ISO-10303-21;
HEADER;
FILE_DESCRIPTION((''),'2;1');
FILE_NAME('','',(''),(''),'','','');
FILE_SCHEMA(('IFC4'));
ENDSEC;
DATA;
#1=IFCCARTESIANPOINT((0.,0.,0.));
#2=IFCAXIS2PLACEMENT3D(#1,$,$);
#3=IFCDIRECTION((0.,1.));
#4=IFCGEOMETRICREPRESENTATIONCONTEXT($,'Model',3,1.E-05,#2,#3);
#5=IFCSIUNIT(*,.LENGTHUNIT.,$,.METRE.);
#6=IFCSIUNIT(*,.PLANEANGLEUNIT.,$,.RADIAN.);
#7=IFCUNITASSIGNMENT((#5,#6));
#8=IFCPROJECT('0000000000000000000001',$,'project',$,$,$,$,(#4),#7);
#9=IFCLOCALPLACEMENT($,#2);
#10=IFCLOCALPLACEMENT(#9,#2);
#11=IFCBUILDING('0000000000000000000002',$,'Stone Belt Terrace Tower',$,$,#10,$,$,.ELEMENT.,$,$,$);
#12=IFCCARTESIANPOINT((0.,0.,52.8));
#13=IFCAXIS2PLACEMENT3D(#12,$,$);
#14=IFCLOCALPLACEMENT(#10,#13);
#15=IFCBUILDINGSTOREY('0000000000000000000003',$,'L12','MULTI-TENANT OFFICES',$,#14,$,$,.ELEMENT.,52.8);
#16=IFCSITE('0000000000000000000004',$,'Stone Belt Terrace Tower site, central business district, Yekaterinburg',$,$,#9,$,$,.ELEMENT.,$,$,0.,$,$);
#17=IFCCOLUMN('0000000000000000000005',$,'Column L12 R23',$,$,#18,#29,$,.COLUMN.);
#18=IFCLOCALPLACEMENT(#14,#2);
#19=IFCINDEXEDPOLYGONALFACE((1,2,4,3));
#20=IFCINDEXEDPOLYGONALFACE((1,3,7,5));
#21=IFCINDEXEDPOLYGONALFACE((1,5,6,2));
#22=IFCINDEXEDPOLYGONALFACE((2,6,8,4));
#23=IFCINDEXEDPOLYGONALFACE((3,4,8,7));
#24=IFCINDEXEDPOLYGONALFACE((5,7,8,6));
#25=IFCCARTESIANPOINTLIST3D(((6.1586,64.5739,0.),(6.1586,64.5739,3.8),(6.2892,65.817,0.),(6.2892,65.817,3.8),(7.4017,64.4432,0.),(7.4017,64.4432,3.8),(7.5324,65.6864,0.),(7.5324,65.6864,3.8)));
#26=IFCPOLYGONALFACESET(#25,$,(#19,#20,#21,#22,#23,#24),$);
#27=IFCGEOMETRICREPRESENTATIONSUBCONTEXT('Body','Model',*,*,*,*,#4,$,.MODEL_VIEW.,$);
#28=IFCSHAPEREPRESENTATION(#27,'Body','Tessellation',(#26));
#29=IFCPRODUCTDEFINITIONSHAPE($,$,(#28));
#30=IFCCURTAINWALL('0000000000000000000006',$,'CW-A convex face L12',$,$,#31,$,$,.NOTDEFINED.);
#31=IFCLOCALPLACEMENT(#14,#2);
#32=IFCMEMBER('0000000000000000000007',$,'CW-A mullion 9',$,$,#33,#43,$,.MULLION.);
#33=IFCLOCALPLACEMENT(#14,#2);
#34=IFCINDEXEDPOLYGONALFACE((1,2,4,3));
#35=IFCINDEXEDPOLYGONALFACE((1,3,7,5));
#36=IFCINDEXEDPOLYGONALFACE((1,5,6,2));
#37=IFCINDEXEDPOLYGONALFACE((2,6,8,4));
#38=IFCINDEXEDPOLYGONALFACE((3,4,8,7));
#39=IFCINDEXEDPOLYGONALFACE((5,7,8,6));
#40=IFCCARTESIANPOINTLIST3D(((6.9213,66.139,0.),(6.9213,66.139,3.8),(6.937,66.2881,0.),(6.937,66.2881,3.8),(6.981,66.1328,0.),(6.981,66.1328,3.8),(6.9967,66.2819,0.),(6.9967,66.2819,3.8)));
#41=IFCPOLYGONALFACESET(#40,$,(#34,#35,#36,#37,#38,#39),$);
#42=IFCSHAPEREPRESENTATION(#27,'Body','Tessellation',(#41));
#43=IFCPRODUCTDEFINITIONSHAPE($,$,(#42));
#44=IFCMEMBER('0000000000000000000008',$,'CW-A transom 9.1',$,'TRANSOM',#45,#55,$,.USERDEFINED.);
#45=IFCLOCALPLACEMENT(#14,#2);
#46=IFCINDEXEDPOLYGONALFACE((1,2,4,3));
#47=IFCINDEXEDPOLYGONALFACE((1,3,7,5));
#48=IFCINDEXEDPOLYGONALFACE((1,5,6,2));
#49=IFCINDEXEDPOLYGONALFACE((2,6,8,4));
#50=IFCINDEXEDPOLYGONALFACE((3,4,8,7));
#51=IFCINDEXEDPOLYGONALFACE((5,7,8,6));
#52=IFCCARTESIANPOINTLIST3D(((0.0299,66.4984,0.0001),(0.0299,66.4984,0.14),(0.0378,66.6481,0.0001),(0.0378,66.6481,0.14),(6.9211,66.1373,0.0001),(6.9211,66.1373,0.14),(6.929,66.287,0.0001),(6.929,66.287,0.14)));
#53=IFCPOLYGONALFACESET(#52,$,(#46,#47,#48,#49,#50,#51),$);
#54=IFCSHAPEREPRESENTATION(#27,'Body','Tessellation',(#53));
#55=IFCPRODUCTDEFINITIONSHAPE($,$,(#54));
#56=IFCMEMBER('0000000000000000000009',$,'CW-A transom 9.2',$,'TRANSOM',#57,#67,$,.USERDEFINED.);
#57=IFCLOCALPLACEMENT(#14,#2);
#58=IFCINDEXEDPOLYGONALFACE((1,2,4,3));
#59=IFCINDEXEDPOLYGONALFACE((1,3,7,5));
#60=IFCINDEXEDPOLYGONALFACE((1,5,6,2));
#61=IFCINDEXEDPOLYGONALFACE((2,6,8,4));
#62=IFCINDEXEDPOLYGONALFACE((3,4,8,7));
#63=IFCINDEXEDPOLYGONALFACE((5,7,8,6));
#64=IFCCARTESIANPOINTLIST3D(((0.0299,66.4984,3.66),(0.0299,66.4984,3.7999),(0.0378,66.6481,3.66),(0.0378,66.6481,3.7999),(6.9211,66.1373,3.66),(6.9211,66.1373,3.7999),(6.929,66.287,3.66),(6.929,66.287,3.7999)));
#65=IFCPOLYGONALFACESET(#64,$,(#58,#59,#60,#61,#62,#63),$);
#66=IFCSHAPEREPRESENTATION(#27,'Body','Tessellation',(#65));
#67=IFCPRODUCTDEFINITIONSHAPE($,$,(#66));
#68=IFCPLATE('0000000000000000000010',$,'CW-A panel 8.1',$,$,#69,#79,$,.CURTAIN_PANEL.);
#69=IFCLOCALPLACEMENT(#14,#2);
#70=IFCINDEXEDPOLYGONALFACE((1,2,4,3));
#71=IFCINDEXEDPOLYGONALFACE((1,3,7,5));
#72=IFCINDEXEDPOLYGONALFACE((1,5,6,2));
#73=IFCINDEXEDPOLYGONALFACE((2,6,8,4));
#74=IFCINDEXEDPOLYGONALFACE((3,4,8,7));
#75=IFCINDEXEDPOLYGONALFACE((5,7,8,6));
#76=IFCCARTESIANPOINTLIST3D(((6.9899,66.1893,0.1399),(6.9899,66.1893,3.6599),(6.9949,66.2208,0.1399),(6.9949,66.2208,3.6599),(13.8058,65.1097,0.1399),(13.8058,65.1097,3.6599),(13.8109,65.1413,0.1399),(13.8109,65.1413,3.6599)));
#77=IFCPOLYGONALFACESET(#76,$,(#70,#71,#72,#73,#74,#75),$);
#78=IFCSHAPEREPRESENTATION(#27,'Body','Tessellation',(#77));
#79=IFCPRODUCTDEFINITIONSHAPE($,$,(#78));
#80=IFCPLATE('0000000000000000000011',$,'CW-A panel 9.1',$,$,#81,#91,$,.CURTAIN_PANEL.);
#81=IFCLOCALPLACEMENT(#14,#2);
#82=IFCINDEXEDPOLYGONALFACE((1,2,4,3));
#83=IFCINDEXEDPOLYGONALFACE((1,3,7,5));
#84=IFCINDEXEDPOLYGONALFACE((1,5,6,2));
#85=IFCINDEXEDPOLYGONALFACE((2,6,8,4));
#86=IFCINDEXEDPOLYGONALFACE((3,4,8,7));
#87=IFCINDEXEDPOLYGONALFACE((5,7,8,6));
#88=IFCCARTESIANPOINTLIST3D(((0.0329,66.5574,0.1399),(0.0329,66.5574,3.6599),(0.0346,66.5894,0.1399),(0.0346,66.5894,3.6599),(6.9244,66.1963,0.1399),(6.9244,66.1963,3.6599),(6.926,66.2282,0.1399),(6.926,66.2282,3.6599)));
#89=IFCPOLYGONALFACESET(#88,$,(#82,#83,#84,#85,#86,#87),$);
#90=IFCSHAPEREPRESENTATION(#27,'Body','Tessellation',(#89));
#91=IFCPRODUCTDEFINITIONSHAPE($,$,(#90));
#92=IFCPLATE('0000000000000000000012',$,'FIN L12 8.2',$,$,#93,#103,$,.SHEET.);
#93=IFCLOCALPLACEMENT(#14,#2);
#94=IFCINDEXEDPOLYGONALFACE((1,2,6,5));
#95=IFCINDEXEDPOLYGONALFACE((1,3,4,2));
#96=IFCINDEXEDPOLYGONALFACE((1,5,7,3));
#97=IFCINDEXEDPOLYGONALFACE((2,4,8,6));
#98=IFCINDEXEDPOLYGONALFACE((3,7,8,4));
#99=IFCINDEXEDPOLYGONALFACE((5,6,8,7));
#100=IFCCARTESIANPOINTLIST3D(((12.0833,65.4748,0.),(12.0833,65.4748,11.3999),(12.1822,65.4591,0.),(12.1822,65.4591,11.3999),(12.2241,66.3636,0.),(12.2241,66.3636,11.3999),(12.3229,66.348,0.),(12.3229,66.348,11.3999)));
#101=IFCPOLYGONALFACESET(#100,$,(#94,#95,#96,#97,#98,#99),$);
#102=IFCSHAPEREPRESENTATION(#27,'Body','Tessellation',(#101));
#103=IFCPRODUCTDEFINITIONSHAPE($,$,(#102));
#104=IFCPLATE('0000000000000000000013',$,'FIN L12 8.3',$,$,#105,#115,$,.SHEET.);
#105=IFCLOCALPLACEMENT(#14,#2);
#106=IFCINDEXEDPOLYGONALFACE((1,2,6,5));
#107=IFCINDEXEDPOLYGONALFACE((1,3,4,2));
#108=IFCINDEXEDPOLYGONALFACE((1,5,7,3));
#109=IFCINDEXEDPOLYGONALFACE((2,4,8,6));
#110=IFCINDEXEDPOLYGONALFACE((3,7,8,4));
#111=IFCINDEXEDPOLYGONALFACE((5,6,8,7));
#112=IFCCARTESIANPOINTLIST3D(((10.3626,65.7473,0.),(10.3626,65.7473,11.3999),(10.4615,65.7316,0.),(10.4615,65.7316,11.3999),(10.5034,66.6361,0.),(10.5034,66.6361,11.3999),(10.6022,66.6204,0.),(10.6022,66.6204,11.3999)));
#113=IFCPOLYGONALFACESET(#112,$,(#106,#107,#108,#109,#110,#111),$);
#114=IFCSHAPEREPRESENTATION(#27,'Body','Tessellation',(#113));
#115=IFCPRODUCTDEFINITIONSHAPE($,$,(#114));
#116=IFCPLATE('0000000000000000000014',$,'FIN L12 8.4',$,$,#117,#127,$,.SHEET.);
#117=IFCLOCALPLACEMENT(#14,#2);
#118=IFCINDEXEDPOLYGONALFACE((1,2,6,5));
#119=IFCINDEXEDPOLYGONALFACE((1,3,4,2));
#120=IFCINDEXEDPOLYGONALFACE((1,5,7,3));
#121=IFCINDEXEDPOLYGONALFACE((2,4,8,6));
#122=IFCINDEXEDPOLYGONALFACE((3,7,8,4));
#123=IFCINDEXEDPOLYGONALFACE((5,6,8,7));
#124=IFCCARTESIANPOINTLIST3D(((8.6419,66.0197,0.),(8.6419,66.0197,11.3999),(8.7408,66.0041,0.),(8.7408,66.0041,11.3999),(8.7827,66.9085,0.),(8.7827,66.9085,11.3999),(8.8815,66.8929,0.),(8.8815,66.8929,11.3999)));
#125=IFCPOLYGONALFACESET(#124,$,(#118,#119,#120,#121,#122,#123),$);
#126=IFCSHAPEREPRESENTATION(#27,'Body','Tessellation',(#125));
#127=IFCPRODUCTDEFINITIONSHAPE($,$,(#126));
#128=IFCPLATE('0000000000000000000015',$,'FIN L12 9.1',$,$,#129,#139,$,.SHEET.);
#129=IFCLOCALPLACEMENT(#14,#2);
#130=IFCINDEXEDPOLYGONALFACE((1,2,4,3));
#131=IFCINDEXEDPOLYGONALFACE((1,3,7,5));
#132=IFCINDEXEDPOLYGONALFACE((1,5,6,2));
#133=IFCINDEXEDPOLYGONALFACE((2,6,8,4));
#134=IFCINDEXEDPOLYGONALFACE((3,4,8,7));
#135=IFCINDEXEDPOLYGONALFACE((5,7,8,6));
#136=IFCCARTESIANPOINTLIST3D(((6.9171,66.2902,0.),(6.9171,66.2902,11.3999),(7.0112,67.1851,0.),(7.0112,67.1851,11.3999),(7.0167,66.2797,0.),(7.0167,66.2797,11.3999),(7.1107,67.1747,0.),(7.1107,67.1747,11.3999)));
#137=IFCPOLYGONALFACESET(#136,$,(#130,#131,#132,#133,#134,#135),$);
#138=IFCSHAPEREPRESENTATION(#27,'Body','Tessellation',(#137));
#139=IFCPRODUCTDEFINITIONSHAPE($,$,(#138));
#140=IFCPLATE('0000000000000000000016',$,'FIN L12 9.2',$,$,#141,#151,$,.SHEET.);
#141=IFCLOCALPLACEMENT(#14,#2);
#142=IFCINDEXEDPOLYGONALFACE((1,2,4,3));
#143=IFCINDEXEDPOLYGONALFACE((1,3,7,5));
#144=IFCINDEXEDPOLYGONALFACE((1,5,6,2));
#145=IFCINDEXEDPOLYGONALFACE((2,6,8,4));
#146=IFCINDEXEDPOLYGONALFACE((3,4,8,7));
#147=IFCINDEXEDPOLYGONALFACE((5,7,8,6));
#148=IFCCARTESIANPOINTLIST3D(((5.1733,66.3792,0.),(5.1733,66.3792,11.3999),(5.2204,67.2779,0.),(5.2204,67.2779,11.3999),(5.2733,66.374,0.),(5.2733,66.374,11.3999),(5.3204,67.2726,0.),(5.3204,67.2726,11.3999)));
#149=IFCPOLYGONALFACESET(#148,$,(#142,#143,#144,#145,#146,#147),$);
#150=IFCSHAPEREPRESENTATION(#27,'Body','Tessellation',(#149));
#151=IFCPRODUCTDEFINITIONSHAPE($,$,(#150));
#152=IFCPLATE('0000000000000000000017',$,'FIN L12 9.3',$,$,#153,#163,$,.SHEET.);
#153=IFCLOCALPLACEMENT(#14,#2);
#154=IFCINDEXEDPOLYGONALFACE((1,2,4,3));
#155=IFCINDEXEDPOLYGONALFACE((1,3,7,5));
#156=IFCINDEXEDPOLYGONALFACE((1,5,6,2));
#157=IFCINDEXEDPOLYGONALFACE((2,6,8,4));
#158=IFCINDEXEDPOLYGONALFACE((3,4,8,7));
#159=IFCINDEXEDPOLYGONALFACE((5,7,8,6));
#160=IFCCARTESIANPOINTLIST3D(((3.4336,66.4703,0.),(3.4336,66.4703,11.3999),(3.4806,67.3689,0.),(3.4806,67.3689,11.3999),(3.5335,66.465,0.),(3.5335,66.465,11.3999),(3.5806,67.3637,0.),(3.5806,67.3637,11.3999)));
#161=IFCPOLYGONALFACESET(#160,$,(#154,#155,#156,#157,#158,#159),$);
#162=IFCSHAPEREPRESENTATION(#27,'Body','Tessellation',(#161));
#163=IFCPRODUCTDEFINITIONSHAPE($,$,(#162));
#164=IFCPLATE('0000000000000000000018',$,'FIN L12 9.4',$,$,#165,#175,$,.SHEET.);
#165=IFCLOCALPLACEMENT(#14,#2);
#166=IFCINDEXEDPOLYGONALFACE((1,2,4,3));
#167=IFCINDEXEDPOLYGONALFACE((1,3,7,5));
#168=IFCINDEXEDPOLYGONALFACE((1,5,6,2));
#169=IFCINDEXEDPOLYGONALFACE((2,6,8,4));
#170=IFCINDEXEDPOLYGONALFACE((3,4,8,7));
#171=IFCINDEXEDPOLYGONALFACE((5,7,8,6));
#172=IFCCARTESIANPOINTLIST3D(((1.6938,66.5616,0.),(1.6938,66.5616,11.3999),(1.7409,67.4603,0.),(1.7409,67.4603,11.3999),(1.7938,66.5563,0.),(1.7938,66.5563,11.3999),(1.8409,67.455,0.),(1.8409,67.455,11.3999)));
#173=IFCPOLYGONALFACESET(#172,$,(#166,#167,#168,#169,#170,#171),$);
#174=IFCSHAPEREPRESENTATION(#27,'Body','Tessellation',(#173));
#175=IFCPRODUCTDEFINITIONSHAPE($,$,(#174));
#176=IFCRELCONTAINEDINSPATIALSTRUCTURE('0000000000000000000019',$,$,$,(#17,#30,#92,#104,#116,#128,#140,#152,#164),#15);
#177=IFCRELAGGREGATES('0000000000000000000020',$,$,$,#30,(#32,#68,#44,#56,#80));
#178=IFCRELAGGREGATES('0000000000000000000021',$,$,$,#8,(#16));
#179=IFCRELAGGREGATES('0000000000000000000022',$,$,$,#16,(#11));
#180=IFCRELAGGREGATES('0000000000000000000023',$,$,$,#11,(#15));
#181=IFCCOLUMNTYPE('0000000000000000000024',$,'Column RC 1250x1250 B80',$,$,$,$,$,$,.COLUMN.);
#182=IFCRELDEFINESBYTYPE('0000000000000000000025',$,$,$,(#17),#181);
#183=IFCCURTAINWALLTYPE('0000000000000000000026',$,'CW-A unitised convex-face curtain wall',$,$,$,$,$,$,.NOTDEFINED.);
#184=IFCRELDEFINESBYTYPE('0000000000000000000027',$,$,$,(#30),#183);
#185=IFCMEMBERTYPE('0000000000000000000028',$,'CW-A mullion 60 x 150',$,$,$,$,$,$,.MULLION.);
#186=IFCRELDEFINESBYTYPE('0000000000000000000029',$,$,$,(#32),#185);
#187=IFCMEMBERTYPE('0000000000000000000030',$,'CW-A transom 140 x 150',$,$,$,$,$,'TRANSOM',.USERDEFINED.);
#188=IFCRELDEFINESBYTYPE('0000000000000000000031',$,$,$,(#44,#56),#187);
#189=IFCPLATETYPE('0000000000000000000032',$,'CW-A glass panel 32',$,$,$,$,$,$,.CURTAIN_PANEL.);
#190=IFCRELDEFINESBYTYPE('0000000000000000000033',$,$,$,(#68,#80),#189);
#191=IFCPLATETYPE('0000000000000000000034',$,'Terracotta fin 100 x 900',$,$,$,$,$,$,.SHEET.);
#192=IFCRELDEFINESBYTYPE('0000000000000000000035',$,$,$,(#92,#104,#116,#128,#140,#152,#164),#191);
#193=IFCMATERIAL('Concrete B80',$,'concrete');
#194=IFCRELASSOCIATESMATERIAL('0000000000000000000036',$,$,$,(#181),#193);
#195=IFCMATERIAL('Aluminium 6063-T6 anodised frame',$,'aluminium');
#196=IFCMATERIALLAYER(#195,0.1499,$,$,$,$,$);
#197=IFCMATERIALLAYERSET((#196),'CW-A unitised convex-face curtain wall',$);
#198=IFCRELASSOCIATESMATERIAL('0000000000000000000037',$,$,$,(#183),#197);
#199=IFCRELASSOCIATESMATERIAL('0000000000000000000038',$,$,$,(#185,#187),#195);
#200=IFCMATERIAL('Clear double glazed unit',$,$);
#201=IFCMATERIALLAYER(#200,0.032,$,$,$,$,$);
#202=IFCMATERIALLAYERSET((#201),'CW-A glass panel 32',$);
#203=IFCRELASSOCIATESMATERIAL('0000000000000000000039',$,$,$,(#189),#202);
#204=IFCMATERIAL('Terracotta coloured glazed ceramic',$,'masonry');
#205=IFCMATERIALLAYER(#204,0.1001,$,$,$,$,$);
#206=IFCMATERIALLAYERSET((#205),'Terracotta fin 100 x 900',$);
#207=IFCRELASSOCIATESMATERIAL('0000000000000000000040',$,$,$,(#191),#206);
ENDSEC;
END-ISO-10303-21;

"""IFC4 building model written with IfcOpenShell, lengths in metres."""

from ifc_helpers import new_model, si_unit, direction, frame, origin, origin_2d, place, context, subcontext, project, spatial, rectangle, extrude, material, layer, layer_set, material_profile, profile_set, type_object, element, aggregate, save


model = new_model("IFC4")

# Units and contexts
model_context = context("Model", 3, precision=1e-05, world=origin(), true_north=direction((0.0, 1.0)))
body_context = subcontext(model_context, "Body", "Model", "MODEL_VIEW")
ifc_project = project(units=[si_unit("LENGTHUNIT", "METRE"), si_unit("PLANEANGLEUNIT", "RADIAN")], contexts=[model_context])

# Site, building, storey
site_placement = place(None, origin())
site = spatial("IfcSite", under=ifc_project, at=site_placement, Name="Stone Belt Terrace Tower site, central business district, Yekaterinburg", CompositionType="ELEMENT", RefElevation=0.0)
building_placement = place(site_placement, origin())
building = spatial("IfcBuilding", under=site, at=building_placement, Name="Stone Belt Terrace Tower", CompositionType="ELEMENT")
storey_placement = place(building_placement, frame((0.0, 0.0, 52.8)))
storey = spatial("IfcBuildingStorey", under=building, at=storey_placement, Name="L12", Description="MULTI-TENANT OFFICES", CompositionType="ELEMENT", Elevation=52.8)

# Column
ifc_material_1 = material(Name="Concrete B80", Category="concrete")
ifc_material_profile_1 = material_profile(ifc_material_1, rectangle(XDim=1.25, YDim=1.25, at=origin_2d()), Name="RC 1250x1250")
ifc_profile_set_1 = profile_set([ifc_material_profile_1], Name="Concrete B80")
column_type = type_object("IfcColumnType", Name="Column RC 1250x1250 B80", PredefinedType="COLUMN", material=ifc_profile_set_1)
column_placement = place(storey_placement, frame((6.8455, 65.1301, 0.0), z_axis=(0.0, 0.0, 1.0), x_axis=(0.994522, -0.104528, 0.0)))
element("IfcColumn", 1, at=column_placement, inside=storey, type_object=column_type, Name="Column L12 R23", PredefinedType="COLUMN", context=body_context, shape_type="SweptSolid", body=[
    extrude(rectangle(XDim=1.25, YDim=1.25, at=origin_2d()), origin(), (0.0, 0.0, 1.0), 3.8),
])

# Curtain wall, members, plates
ifc_material_2 = material(Name="Aluminium 6063-T6 anodised frame", Category="aluminium")
ifc_layer_1 = layer(ifc_material_2, 0.1499)
ifc_layer_set_1 = layer_set([ifc_layer_1], Name="CW-A unitised convex-face curtain wall")
curtain_wall_type = type_object("IfcCurtainWallType", Name="CW-A unitised convex-face curtain wall", PredefinedType="NOTDEFINED", material=ifc_layer_set_1)
curtain_wall_placement = place(storey_placement, origin())
curtain_wall = element("IfcCurtainWall", 2, at=curtain_wall_placement, inside=storey, type_object=curtain_wall_type, Name="CW-A convex face L12", PredefinedType="NOTDEFINED")
ifc_material_profile_2 = material_profile(ifc_material_2, rectangle(XDim=0.1499, YDim=0.0601, at=origin_2d()), Name="Aluminium 6063-T6 60x150")
ifc_profile_set_2 = profile_set([ifc_material_profile_2], Name="Aluminium 6063-T6 anodised frame")
member_type_1 = type_object("IfcMemberType", Name="CW-A mullion 60 x 150", PredefinedType="MULLION", material=ifc_profile_set_2)
member_1_placement = place(storey_placement, frame((6.959, 66.2104, 0.0), z_axis=(0.0, 0.0, 1.0), x_axis=(-0.104528, -0.994522, 0.0)))
member_1 = element("IfcMember", 3, at=member_1_placement, type_object=member_type_1, Name="CW-A mullion 9", PredefinedType="MULLION", context=body_context, shape_type="SweptSolid", body=[
    extrude(rectangle(XDim=0.1499, YDim=0.0601, at=origin_2d()), origin(), (0.0, 0.0, 1.0), 3.8),
])
ifc_material_profile_3 = material_profile(ifc_material_2, rectangle(XDim=0.1499, YDim=0.1399, at=origin_2d()), Name="Aluminium 6063-T6 150x140")
ifc_profile_set_3 = profile_set([ifc_material_profile_3], Name="Aluminium 6063-T6 anodised frame")
member_type_2 = type_object("IfcMemberType", Name="CW-A transom 140 x 150", ElementType="TRANSOM", PredefinedType="USERDEFINED", material=ifc_profile_set_3)
member_2_placement = place(storey_placement, frame((6.925, 66.2122, 0.0701), z_axis=(-0.99863, 0.052327, 0.0), x_axis=(-0.052327, -0.99863, 0.0)))
member_2 = element("IfcMember", 4, at=member_2_placement, type_object=member_type_2, Name="CW-A transom 9.1", ObjectType="TRANSOM", PredefinedType="USERDEFINED", context=body_context, shape_type="SweptSolid", body=[
    extrude(rectangle(XDim=0.1499, YDim=0.1399, at=origin_2d()), origin(), (0.0, 0.0, 1.0), 6.9006),
])
member_3_placement = place(storey_placement, frame((6.925, 66.2122, 3.73), z_axis=(-0.99863, 0.052327, 0.0), x_axis=(-0.052327, -0.99863, 0.0)))
member_3 = element("IfcMember", 5, at=member_3_placement, type_object=member_type_2, Name="CW-A transom 9.2", ObjectType="TRANSOM", PredefinedType="USERDEFINED", context=body_context, shape_type="SweptSolid", body=[
    extrude(rectangle(XDim=0.1499, YDim=0.1399, at=origin_2d()), origin(), (0.0, 0.0, 1.0), 6.9006),
])
ifc_material_3 = material(Name="Clear double glazed unit")
ifc_layer_2 = layer(ifc_material_3, 0.032)
ifc_layer_set_2 = layer_set([ifc_layer_2], Name="CW-A glass panel 32")
plate_type_1 = type_object("IfcPlateType", Name="CW-A glass panel 32", PredefinedType="CURTAIN_PANEL", material=ifc_layer_set_2)
plate_1_placement = place(storey_placement, frame((10.4004, 65.6653, 0.1399), z_axis=(0.0, 0.0, 1.0), x_axis=(-0.987688, 0.156434, 0.0)))
plate_1 = element("IfcPlate", 6, at=plate_1_placement, type_object=plate_type_1, Name="CW-A panel 8.1", PredefinedType="CURTAIN_PANEL", context=body_context, shape_type="SweptSolid", body=[
    extrude(rectangle(XDim=6.9009, YDim=0.032, at=origin_2d()), origin(), (0.0, 0.0, 1.0), 3.52),
])
plate_2_placement = place(storey_placement, frame((3.4795, 66.3928, 0.1399), z_axis=(0.0, 0.0, 1.0), x_axis=(-0.99863, 0.052336, 0.0)))
plate_2 = element("IfcPlate", 7, at=plate_2_placement, type_object=plate_type_1, Name="CW-A panel 9.1", PredefinedType="CURTAIN_PANEL", context=body_context, shape_type="SweptSolid", body=[
    extrude(rectangle(XDim=6.9009, YDim=0.032, at=origin_2d()), origin(), (0.0, 0.0, 1.0), 3.52),
])
aggregate(curtain_wall, [member_1, plate_1, member_2, member_3, plate_2])

# Plates
ifc_material_4 = material(Name="Terracotta coloured glazed ceramic", Category="masonry")
ifc_layer_3 = layer(ifc_material_4, 0.1001)
ifc_layer_set_3 = layer_set([ifc_layer_3], Name="Terracotta fin 100 x 900")
plate_type_2 = type_object("IfcPlateType", Name="Terracotta fin 100 x 900", PredefinedType="SHEET", material=ifc_layer_set_3)
for number, where, z_axis, x_axis, name in (
    (8, (12.2031, 65.9114, 0.0), (0.0, 0.0, 1.0), (0.156434, 0.987688, 0.0), "FIN L12 8.2"),
    (9, (10.4824, 66.1838, 0.0), (0.0, 0.0, 1.0), (0.156434, 0.987688, 0.0), "FIN L12 8.3"),
    (10, (8.7617, 66.4563, 0.0), (0.0, 0.0, 1.0), (0.156434, 0.987688, 0.0), "FIN L12 8.4"),
    (11, (7.0139, 66.7324, 0.0), (0.0, 0.0, 1.0), (0.104528, 0.994522, 0.0), "FIN L12 9.1"),
    (12, (5.2468, 66.8259, 0.0), (0.0, 0.0, 1.0), (0.052336, 0.99863, 0.0), "FIN L12 9.2"),
    (13, (3.5071, 66.917, 0.0), (0.0, 0.0, 1.0), (0.052336, 0.99863, 0.0), "FIN L12 9.3"),
    (14, (1.7673, 67.0083, 0.0), (0.0, 0.0, 1.0), (0.052336, 0.99863, 0.0), "FIN L12 9.4"),
):
    element("IfcPlate", number, at=place(storey_placement, frame(where, z_axis=z_axis, x_axis=x_axis)), inside=storey, type_object=plate_type_2, Name=name, PredefinedType="SHEET", context=body_context, shape_type="SweptSolid", body=[
        extrude(rectangle(XDim=0.8999, YDim=0.1001, at=origin_2d()), origin(), (0.0, 0.0, 1.0), 11.3999),
    ])

save(model, "model.ifc")
